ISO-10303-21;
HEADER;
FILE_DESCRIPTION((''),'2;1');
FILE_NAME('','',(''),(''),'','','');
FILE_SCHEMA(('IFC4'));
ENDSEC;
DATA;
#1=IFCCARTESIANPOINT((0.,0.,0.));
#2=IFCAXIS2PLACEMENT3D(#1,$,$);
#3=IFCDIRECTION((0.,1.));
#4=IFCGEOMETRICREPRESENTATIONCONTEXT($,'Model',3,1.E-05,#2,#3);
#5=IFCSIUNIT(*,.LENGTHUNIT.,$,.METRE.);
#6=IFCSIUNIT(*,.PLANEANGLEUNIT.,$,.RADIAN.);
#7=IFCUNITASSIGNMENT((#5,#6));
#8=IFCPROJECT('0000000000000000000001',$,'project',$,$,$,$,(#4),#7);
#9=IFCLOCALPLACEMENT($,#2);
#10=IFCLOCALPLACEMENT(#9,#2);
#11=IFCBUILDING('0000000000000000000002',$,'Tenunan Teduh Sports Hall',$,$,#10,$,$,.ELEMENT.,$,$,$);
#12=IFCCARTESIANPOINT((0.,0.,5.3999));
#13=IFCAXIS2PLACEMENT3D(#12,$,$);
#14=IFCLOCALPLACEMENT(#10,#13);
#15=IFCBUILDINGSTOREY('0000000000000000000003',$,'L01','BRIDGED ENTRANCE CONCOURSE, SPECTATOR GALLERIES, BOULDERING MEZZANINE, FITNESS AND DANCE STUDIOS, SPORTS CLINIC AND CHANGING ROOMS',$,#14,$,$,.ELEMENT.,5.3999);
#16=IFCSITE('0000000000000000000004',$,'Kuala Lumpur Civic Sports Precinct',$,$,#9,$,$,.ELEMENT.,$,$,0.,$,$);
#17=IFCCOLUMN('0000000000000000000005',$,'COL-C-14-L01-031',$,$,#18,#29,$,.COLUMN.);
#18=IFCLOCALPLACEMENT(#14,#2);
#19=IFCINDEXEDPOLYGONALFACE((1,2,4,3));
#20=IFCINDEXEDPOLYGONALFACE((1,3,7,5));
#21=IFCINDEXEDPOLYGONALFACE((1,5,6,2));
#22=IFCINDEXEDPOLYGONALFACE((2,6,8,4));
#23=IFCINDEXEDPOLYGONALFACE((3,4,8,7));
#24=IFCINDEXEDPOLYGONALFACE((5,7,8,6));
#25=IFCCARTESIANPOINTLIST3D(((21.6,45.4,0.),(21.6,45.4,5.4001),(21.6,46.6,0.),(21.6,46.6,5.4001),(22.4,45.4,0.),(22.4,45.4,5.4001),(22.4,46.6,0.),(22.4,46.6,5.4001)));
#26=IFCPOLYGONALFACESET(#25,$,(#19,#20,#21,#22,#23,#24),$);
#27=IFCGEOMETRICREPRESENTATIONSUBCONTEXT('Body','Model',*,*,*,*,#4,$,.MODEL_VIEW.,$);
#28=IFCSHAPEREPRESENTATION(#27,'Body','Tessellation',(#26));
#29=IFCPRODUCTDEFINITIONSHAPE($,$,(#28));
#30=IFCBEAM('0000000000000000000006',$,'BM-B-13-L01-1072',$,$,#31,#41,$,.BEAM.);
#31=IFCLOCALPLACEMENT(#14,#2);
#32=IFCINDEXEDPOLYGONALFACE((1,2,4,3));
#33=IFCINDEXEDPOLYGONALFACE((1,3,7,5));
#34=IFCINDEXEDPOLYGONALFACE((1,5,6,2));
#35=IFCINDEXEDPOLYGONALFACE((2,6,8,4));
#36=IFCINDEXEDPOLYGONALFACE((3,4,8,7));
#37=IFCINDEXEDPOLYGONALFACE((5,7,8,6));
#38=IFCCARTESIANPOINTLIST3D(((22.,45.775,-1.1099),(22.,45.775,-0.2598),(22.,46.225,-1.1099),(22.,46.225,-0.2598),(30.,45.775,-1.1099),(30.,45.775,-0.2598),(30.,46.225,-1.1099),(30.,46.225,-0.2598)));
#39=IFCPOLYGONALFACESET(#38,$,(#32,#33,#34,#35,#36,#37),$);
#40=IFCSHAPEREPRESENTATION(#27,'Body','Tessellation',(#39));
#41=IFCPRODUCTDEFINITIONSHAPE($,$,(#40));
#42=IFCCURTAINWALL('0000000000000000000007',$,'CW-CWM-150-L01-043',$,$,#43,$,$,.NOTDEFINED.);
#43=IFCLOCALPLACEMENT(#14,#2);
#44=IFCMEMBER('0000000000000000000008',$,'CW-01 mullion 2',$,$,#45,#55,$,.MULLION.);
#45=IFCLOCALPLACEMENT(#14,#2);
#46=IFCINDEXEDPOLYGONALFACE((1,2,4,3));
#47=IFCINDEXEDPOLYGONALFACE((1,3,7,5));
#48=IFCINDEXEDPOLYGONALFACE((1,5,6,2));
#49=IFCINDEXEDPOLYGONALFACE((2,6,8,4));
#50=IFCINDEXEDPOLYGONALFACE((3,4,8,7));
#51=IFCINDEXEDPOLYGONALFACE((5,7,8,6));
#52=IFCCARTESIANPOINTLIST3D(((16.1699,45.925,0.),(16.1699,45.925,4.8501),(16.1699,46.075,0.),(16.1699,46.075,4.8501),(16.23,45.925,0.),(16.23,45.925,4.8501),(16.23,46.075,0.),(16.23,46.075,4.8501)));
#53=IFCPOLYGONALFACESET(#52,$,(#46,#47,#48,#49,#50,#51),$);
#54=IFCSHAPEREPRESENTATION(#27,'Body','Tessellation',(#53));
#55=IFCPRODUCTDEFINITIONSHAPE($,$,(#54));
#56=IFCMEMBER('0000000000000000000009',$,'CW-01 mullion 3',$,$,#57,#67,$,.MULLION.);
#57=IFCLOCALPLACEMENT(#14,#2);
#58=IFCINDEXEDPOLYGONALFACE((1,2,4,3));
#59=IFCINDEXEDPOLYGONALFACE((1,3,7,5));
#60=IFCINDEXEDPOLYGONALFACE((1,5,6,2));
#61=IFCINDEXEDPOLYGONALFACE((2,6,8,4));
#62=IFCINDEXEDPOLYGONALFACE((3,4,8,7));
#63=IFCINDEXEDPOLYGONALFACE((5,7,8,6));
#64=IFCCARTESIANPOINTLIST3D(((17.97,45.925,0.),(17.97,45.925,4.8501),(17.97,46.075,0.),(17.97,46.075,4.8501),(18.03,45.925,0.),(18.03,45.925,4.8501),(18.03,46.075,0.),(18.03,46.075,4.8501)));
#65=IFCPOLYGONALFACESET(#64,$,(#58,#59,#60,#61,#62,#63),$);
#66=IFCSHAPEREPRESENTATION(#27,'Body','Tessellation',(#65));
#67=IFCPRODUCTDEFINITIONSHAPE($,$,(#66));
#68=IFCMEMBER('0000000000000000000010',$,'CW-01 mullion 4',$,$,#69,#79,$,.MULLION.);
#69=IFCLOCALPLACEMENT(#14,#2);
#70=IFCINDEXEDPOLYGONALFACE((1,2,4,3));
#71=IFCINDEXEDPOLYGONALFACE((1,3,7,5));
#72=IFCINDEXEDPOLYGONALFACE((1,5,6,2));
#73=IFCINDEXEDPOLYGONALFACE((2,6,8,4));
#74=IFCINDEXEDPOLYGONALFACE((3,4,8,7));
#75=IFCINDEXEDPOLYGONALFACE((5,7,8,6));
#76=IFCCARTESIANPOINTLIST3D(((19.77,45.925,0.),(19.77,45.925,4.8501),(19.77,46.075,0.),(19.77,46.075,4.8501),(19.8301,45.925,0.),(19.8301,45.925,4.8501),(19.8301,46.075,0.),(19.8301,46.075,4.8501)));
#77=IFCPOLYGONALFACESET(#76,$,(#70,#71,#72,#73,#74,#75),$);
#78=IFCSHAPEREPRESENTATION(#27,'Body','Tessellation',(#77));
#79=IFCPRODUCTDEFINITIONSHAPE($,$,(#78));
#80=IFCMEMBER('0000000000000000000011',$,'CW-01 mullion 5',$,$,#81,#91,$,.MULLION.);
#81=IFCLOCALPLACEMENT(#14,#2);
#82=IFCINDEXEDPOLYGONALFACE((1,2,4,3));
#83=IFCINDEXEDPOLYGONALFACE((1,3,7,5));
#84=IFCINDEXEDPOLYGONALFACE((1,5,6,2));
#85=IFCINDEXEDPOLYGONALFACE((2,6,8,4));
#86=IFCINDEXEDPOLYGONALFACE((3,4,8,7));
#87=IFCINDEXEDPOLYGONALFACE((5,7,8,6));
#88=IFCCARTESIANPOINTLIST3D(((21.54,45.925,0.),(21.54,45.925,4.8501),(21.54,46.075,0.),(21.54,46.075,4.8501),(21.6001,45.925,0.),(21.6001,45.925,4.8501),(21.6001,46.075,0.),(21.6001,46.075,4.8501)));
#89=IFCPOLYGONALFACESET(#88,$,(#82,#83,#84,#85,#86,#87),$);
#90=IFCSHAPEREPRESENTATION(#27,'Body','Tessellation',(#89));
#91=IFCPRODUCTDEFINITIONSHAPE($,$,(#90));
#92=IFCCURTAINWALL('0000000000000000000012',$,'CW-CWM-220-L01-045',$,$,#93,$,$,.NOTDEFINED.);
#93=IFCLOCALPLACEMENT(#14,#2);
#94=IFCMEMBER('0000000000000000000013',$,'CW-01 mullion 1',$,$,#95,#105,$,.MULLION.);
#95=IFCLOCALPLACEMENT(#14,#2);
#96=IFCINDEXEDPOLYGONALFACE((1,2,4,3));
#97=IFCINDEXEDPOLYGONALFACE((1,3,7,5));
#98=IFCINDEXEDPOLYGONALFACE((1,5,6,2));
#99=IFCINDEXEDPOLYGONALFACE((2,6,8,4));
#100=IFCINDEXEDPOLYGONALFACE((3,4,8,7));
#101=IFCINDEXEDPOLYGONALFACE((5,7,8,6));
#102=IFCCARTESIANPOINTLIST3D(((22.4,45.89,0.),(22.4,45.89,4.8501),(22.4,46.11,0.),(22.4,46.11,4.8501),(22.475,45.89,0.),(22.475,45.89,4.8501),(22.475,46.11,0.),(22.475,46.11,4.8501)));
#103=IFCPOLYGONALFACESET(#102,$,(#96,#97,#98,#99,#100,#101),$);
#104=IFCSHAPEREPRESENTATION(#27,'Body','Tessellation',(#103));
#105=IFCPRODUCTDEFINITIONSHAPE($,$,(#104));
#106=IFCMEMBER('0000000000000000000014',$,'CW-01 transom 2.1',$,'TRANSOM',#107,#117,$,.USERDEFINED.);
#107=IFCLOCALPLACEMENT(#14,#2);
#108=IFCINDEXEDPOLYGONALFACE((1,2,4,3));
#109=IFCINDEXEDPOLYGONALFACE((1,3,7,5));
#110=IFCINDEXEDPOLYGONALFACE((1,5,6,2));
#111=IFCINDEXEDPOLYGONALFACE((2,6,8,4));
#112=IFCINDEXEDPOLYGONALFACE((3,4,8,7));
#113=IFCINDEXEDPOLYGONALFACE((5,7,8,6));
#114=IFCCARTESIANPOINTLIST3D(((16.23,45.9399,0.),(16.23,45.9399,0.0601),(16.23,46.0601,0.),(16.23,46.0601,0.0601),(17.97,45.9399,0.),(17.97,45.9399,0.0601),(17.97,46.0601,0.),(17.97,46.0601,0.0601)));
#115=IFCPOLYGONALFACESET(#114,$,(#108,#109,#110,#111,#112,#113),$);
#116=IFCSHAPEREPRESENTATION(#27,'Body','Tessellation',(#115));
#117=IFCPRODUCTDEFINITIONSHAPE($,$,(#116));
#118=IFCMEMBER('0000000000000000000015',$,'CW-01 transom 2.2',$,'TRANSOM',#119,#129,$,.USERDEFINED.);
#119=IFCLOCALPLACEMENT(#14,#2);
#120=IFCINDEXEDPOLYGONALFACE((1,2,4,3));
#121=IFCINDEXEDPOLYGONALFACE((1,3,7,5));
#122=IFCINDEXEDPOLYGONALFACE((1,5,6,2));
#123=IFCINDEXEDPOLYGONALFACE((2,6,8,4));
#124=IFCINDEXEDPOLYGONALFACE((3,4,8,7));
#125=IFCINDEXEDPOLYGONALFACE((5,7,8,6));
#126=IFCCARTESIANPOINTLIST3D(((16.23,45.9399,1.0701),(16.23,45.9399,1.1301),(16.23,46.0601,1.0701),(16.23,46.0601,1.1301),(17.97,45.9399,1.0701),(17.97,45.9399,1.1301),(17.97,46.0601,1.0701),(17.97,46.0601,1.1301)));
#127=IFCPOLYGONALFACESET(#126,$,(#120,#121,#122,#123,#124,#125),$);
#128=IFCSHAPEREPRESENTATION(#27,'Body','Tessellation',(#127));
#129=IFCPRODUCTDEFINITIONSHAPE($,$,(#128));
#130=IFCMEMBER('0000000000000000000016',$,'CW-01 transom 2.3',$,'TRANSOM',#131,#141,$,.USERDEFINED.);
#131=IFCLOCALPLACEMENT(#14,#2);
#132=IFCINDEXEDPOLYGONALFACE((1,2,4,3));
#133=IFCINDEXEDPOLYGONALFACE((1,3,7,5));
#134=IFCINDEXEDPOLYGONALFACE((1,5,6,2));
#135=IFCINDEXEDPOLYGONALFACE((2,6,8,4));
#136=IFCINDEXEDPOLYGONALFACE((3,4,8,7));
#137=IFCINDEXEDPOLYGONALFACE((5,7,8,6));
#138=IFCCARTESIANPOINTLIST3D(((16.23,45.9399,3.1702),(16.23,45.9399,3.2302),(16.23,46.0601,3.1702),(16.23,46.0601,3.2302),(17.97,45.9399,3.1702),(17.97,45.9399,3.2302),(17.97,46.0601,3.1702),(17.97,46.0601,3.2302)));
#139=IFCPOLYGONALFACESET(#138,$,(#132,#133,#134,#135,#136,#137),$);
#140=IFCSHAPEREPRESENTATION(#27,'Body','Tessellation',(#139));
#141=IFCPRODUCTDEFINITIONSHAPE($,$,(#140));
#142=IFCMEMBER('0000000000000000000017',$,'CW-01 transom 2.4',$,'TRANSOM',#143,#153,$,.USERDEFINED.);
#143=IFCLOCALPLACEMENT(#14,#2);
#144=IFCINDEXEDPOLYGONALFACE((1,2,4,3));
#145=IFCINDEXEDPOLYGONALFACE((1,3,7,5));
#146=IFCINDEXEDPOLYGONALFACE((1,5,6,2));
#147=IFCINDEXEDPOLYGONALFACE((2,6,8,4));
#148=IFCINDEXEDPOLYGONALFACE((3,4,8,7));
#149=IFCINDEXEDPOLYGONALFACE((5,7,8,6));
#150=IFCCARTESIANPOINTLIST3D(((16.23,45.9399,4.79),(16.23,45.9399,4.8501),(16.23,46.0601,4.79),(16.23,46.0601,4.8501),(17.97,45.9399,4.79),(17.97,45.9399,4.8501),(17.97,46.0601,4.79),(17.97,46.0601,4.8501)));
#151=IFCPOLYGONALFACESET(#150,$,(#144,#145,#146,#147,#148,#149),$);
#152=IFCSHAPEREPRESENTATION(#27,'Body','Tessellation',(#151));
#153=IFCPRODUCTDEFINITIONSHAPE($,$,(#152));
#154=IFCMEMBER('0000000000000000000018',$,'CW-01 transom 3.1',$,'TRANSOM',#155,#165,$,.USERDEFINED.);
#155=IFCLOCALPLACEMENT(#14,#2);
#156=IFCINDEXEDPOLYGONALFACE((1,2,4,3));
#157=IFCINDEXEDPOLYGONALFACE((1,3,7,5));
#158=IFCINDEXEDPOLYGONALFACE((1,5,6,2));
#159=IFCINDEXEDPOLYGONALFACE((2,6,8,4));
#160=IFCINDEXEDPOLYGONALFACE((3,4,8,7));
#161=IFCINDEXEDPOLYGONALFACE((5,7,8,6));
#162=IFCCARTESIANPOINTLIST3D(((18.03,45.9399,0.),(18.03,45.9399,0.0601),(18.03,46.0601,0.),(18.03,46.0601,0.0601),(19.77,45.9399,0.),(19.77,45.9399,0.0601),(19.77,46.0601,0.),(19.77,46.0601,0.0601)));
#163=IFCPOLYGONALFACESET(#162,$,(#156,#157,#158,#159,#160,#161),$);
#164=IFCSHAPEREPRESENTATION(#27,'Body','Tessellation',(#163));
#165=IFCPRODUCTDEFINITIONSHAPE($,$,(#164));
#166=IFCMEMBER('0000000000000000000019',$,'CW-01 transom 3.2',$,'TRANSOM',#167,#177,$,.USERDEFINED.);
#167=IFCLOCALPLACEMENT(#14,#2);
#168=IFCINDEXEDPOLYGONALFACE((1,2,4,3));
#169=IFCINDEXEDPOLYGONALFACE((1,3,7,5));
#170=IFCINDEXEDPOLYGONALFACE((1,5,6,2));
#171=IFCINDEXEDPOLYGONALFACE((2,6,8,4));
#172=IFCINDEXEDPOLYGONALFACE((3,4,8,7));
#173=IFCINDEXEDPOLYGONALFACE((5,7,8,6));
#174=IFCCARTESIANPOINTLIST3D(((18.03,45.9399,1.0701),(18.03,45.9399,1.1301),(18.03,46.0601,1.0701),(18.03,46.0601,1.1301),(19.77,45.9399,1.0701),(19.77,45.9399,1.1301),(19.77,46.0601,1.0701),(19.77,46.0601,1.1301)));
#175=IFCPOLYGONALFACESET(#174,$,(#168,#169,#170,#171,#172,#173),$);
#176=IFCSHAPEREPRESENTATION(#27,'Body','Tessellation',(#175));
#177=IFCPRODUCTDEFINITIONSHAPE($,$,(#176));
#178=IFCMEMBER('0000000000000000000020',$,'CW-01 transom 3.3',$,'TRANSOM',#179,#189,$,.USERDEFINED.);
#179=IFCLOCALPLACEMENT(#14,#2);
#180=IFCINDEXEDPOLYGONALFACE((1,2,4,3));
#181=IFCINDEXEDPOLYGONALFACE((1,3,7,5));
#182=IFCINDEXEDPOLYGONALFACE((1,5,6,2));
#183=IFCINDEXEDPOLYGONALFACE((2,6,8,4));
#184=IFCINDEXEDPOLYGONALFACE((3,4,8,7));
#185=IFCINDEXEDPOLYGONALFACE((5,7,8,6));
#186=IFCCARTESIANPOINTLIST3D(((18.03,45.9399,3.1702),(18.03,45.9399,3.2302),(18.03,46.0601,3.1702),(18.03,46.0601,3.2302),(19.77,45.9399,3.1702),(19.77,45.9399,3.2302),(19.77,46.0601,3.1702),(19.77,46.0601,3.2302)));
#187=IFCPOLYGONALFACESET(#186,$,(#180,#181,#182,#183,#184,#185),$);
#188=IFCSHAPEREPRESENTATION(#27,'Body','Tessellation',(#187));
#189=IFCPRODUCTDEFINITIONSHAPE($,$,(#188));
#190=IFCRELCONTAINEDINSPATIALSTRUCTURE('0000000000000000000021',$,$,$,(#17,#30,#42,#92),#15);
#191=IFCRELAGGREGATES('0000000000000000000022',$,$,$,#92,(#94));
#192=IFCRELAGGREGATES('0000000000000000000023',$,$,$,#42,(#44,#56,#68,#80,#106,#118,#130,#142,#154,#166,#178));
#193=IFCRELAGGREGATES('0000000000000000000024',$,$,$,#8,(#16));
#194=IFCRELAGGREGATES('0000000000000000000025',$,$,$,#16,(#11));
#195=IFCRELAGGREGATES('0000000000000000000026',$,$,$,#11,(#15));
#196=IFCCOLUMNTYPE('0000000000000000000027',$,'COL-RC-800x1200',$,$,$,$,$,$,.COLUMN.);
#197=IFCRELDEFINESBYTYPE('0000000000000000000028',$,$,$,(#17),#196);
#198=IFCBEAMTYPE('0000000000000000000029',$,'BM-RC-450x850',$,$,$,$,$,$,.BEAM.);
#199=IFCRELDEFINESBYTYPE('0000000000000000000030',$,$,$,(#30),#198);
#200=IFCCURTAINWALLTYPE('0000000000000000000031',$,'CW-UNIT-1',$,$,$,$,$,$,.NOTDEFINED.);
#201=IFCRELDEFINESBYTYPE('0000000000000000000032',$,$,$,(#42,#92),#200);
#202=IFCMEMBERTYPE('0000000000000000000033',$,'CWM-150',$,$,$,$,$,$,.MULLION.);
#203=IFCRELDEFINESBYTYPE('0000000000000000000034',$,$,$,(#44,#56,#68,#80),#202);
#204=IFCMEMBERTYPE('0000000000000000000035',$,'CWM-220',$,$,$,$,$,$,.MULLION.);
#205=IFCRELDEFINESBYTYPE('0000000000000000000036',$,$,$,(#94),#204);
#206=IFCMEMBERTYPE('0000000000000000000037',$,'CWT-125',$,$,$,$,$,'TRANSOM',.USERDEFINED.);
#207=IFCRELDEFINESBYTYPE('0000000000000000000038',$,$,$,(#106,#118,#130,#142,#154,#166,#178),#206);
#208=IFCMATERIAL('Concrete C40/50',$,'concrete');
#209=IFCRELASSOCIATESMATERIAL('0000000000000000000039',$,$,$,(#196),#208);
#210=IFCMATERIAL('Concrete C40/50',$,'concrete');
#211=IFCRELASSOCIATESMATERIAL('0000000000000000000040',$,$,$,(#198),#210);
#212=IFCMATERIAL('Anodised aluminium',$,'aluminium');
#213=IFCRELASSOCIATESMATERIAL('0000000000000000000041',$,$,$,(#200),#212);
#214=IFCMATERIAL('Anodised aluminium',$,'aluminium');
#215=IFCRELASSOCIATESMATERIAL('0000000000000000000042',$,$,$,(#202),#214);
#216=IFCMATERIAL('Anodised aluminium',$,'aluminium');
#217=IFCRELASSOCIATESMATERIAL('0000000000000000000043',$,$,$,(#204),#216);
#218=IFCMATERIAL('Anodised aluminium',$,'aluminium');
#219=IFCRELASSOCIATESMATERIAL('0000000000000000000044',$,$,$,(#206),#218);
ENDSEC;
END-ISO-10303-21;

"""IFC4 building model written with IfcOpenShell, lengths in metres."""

from ifc_helpers import new_model, si_unit, direction, frame, origin, origin_2d, place, context, subcontext, project, spatial, rectangle, extrude, material, material_profile, profile_set, type_object, element, aggregate, save


model = new_model("IFC4")

# Units and contexts
model_context = context("Model", 3, precision=1e-05, world=origin(), true_north=direction((0.0, 1.0)))
body_context = subcontext(model_context, "Body", "Model", "MODEL_VIEW")
ifc_project = project(units=[si_unit("LENGTHUNIT", "METRE"), si_unit("PLANEANGLEUNIT", "RADIAN")], contexts=[model_context])

# Site, building, storey
site_placement = place(None, origin())
site = spatial("IfcSite", under=ifc_project, at=site_placement, Name="Kuala Lumpur Civic Sports Precinct", CompositionType="ELEMENT", RefElevation=0.0)
building_placement = place(site_placement, origin())
building = spatial("IfcBuilding", under=site, at=building_placement, Name="Tenunan Teduh Sports Hall", CompositionType="ELEMENT")
storey_placement = place(building_placement, frame((0.0, 0.0, 5.3999)))
storey = spatial("IfcBuildingStorey", under=building, at=storey_placement, Name="L01", Description="BRIDGED ENTRANCE CONCOURSE, SPECTATOR GALLERIES, BOULDERING MEZZANINE, FITNESS AND DANCE STUDIOS, SPORTS CLINIC AND CHANGING ROOMS", CompositionType="ELEMENT", Elevation=5.3999)

# Column
ifc_material_1 = material(Name="Concrete C40/50", Category="concrete")
ifc_material_profile_1 = material_profile(ifc_material_1, rectangle(XDim=0.8, YDim=1.2, at=origin_2d()), Name="RC 800x1200")
ifc_profile_set_1 = profile_set([ifc_material_profile_1], Name="Concrete C40/50")
column_type = type_object("IfcColumnType", Name="COL-RC-800x1200", PredefinedType="COLUMN", material=ifc_profile_set_1)
column_placement = place(storey_placement, frame((22.0, 46.0, 0.0), z_axis=(0.0, 0.0, 1.0), x_axis=(1.0, 0.0, 0.0)))
element("IfcColumn", 1, at=column_placement, inside=storey, type_object=column_type, Name="COL-C-14-L01-031", PredefinedType="COLUMN", context=body_context, shape_type="SweptSolid", body=[
    extrude(rectangle(XDim=0.8, YDim=1.2, at=origin_2d()), origin(), (0.0, 0.0, 1.0), 5.4001),
])

# Beam
ifc_material_2 = material(Name="Concrete C40/50", Category="concrete")
ifc_material_profile_2 = material_profile(ifc_material_2, rectangle(XDim=0.45, YDim=0.8501, at=origin_2d()), Name="RCB 450x850")
ifc_profile_set_2 = profile_set([ifc_material_profile_2], Name="Concrete C40/50")
beam_type_1 = type_object("IfcBeamType", Name="BM-RC-450x850", PredefinedType="BEAM", material=ifc_profile_set_2)
beam_1_placement = place(storey_placement, frame((22.0, 46.0, -0.6848), z_axis=(1.0, 0.0, 0.0), x_axis=(0.0, 1.0, 0.0)))
element("IfcBeam", 2, at=beam_1_placement, inside=storey, type_object=beam_type_1, Name="BM-B-13-L01-1072", PredefinedType="BEAM", context=body_context, shape_type="SweptSolid", body=[
    extrude(rectangle(XDim=0.45, YDim=0.8501, at=origin_2d()), origin(), (0.0, 0.0, 1.0), 8.0),
])

# Curtain wall, members
ifc_material_3 = material(Name="Anodised aluminium", Category="aluminium")
curtain_wall_type = type_object("IfcCurtainWallType", Name="CW-UNIT-1", PredefinedType="NOTDEFINED", material=ifc_material_3)
curtain_wall_1_placement = place(storey_placement, origin())
curtain_wall_1 = element("IfcCurtainWall", 3, at=curtain_wall_1_placement, inside=storey, type_object=curtain_wall_type, Name="CW-CWM-150-L01-043", PredefinedType="NOTDEFINED")
ifc_material_4 = material(Name="Anodised aluminium", Category="aluminium")
ifc_material_profile_3 = material_profile(ifc_material_4, rectangle(XDim=0.0601, YDim=0.1499, at=origin_2d()), Name="CWM 60x150")
ifc_profile_set_3 = profile_set([ifc_material_profile_3], Name="Anodised aluminium")
member_type_1 = type_object("IfcMemberType", Name="CWM-150", PredefinedType="MULLION", material=ifc_profile_set_3)
member_1_placement = place(storey_placement, frame((16.2, 46.0, 0.0), z_axis=(0.0, 0.0, 1.0), x_axis=(1.0, 0.0, 0.0)))
member_1 = element("IfcMember", 4, at=member_1_placement, type_object=member_type_1, Name="CW-01 mullion 2", PredefinedType="MULLION", context=body_context, shape_type="SweptSolid", body=[
    extrude(rectangle(XDim=0.0601, YDim=0.1499, at=origin_2d()), origin(), (0.0, 0.0, 1.0), 4.8501),
])
member_2_placement = place(storey_placement, frame((18.0, 46.0, 0.0), z_axis=(0.0, 0.0, 1.0), x_axis=(1.0, 0.0, 0.0)))
member_2 = element("IfcMember", 5, at=member_2_placement, type_object=member_type_1, Name="CW-01 mullion 3", PredefinedType="MULLION", context=body_context, shape_type="SweptSolid", body=[
    extrude(rectangle(XDim=0.0601, YDim=0.1499, at=origin_2d()), origin(), (0.0, 0.0, 1.0), 4.8501),
])
member_3_placement = place(storey_placement, frame((19.8, 46.0, 0.0), z_axis=(0.0, 0.0, 1.0), x_axis=(1.0, 0.0, 0.0)))
member_3 = element("IfcMember", 6, at=member_3_placement, type_object=member_type_1, Name="CW-01 mullion 4", PredefinedType="MULLION", context=body_context, shape_type="SweptSolid", body=[
    extrude(rectangle(XDim=0.0601, YDim=0.1499, at=origin_2d()), origin(), (0.0, 0.0, 1.0), 4.8501),
])
member_4_placement = place(storey_placement, frame((21.5701, 46.0, 0.0), z_axis=(0.0, 0.0, 1.0), x_axis=(1.0, 0.0, 0.0)))
member_4 = element("IfcMember", 7, at=member_4_placement, type_object=member_type_1, Name="CW-01 mullion 5", PredefinedType="MULLION", context=body_context, shape_type="SweptSolid", body=[
    extrude(rectangle(XDim=0.0601, YDim=0.1499, at=origin_2d()), origin(), (0.0, 0.0, 1.0), 4.8501),
])

# Curtain wall, member
curtain_wall_2_placement = place(storey_placement, origin())
curtain_wall_2 = element("IfcCurtainWall", 8, at=curtain_wall_2_placement, inside=storey, type_object=curtain_wall_type, Name="CW-CWM-220-L01-045", PredefinedType="NOTDEFINED")
ifc_material_5 = material(Name="Anodised aluminium", Category="aluminium")
ifc_material_profile_4 = material_profile(ifc_material_5, rectangle(XDim=0.075, YDim=0.22, at=origin_2d()), Name="CWM 75x220")
ifc_profile_set_4 = profile_set([ifc_material_profile_4], Name="Anodised aluminium")
member_type_2 = type_object("IfcMemberType", Name="CWM-220", PredefinedType="MULLION", material=ifc_profile_set_4)
member_5_placement = place(storey_placement, frame((22.4375, 46.0, 0.0), z_axis=(0.0, 0.0, 1.0), x_axis=(1.0, 0.0, 0.0)))
member_5 = element("IfcMember", 9, at=member_5_placement, type_object=member_type_2, Name="CW-01 mullion 1", PredefinedType="MULLION", context=body_context, shape_type="SweptSolid", body=[
    extrude(rectangle(XDim=0.075, YDim=0.22, at=origin_2d()), origin(), (0.0, 0.0, 1.0), 4.8501),
])

# Members
ifc_material_6 = material(Name="Anodised aluminium", Category="aluminium")
ifc_material_profile_5 = material_profile(ifc_material_6, rectangle(XDim=0.0601, YDim=0.1201, at=origin_2d()), Name="CWT 60x120")
ifc_profile_set_5 = profile_set([ifc_material_profile_5], Name="Anodised aluminium")
member_type_3 = type_object("IfcMemberType", Name="CWT-125", ElementType="TRANSOM", PredefinedType="USERDEFINED", material=ifc_profile_set_5)
member_6_placement = place(storey_placement, frame((16.23, 46.0, 0.03), z_axis=(1.0, 0.0, 0.0), x_axis=(0.0, 0.0, 1.0)))
member_6 = element("IfcMember", 10, at=member_6_placement, type_object=member_type_3, Name="CW-01 transom 2.1", ObjectType="TRANSOM", PredefinedType="USERDEFINED", context=body_context, shape_type="SweptSolid", body=[
    extrude(rectangle(XDim=0.0601, YDim=0.1201, at=origin_2d()), origin(), (0.0, 0.0, 1.0), 1.74),
])
member_7_placement = place(storey_placement, frame((16.23, 46.0, 1.1001), z_axis=(1.0, 0.0, 0.0), x_axis=(0.0, 0.0, 1.0)))
member_7 = element("IfcMember", 11, at=member_7_placement, type_object=member_type_3, Name="CW-01 transom 2.2", ObjectType="TRANSOM", PredefinedType="USERDEFINED", context=body_context, shape_type="SweptSolid", body=[
    extrude(rectangle(XDim=0.0601, YDim=0.1201, at=origin_2d()), origin(), (0.0, 0.0, 1.0), 1.74),
])
member_8_placement = place(storey_placement, frame((16.23, 46.0, 3.2002), z_axis=(1.0, 0.0, 0.0), x_axis=(0.0, 0.0, 1.0)))
member_8 = element("IfcMember", 12, at=member_8_placement, type_object=member_type_3, Name="CW-01 transom 2.3", ObjectType="TRANSOM", PredefinedType="USERDEFINED", context=body_context, shape_type="SweptSolid", body=[
    extrude(rectangle(XDim=0.0601, YDim=0.1201, at=origin_2d()), origin(), (0.0, 0.0, 1.0), 1.74),
])
member_9_placement = place(storey_placement, frame((16.23, 46.0, 4.8201), z_axis=(1.0, 0.0, 0.0), x_axis=(0.0, 0.0, 1.0)))
member_9 = element("IfcMember", 13, at=member_9_placement, type_object=member_type_3, Name="CW-01 transom 2.4", ObjectType="TRANSOM", PredefinedType="USERDEFINED", context=body_context, shape_type="SweptSolid", body=[
    extrude(rectangle(XDim=0.0601, YDim=0.1201, at=origin_2d()), origin(), (0.0, 0.0, 1.0), 1.74),
])
member_10_placement = place(storey_placement, frame((18.03, 46.0, 0.03), z_axis=(1.0, 0.0, 0.0), x_axis=(0.0, 0.0, 1.0)))
member_10 = element("IfcMember", 14, at=member_10_placement, type_object=member_type_3, Name="CW-01 transom 3.1", ObjectType="TRANSOM", PredefinedType="USERDEFINED", context=body_context, shape_type="SweptSolid", body=[
    extrude(rectangle(XDim=0.0601, YDim=0.1201, at=origin_2d()), origin(), (0.0, 0.0, 1.0), 1.74),
])
member_11_placement = place(storey_placement, frame((18.03, 46.0, 1.1001), z_axis=(1.0, 0.0, 0.0), x_axis=(0.0, 0.0, 1.0)))
member_11 = element("IfcMember", 15, at=member_11_placement, type_object=member_type_3, Name="CW-01 transom 3.2", ObjectType="TRANSOM", PredefinedType="USERDEFINED", context=body_context, shape_type="SweptSolid", body=[
    extrude(rectangle(XDim=0.0601, YDim=0.1201, at=origin_2d()), origin(), (0.0, 0.0, 1.0), 1.74),
])
member_12_placement = place(storey_placement, frame((18.03, 46.0, 3.2002), z_axis=(1.0, 0.0, 0.0), x_axis=(0.0, 0.0, 1.0)))
member_12 = element("IfcMember", 16, at=member_12_placement, type_object=member_type_3, Name="CW-01 transom 3.3", ObjectType="TRANSOM", PredefinedType="USERDEFINED", context=body_context, shape_type="SweptSolid", body=[
    extrude(rectangle(XDim=0.0601, YDim=0.1201, at=origin_2d()), origin(), (0.0, 0.0, 1.0), 1.74),
])
aggregate(curtain_wall_2, [member_5])

aggregate(curtain_wall_1, [member_1, member_2, member_3, member_4, member_6, member_7, member_8, member_9, member_10, member_11, member_12])

save(model, "model.ifc")
